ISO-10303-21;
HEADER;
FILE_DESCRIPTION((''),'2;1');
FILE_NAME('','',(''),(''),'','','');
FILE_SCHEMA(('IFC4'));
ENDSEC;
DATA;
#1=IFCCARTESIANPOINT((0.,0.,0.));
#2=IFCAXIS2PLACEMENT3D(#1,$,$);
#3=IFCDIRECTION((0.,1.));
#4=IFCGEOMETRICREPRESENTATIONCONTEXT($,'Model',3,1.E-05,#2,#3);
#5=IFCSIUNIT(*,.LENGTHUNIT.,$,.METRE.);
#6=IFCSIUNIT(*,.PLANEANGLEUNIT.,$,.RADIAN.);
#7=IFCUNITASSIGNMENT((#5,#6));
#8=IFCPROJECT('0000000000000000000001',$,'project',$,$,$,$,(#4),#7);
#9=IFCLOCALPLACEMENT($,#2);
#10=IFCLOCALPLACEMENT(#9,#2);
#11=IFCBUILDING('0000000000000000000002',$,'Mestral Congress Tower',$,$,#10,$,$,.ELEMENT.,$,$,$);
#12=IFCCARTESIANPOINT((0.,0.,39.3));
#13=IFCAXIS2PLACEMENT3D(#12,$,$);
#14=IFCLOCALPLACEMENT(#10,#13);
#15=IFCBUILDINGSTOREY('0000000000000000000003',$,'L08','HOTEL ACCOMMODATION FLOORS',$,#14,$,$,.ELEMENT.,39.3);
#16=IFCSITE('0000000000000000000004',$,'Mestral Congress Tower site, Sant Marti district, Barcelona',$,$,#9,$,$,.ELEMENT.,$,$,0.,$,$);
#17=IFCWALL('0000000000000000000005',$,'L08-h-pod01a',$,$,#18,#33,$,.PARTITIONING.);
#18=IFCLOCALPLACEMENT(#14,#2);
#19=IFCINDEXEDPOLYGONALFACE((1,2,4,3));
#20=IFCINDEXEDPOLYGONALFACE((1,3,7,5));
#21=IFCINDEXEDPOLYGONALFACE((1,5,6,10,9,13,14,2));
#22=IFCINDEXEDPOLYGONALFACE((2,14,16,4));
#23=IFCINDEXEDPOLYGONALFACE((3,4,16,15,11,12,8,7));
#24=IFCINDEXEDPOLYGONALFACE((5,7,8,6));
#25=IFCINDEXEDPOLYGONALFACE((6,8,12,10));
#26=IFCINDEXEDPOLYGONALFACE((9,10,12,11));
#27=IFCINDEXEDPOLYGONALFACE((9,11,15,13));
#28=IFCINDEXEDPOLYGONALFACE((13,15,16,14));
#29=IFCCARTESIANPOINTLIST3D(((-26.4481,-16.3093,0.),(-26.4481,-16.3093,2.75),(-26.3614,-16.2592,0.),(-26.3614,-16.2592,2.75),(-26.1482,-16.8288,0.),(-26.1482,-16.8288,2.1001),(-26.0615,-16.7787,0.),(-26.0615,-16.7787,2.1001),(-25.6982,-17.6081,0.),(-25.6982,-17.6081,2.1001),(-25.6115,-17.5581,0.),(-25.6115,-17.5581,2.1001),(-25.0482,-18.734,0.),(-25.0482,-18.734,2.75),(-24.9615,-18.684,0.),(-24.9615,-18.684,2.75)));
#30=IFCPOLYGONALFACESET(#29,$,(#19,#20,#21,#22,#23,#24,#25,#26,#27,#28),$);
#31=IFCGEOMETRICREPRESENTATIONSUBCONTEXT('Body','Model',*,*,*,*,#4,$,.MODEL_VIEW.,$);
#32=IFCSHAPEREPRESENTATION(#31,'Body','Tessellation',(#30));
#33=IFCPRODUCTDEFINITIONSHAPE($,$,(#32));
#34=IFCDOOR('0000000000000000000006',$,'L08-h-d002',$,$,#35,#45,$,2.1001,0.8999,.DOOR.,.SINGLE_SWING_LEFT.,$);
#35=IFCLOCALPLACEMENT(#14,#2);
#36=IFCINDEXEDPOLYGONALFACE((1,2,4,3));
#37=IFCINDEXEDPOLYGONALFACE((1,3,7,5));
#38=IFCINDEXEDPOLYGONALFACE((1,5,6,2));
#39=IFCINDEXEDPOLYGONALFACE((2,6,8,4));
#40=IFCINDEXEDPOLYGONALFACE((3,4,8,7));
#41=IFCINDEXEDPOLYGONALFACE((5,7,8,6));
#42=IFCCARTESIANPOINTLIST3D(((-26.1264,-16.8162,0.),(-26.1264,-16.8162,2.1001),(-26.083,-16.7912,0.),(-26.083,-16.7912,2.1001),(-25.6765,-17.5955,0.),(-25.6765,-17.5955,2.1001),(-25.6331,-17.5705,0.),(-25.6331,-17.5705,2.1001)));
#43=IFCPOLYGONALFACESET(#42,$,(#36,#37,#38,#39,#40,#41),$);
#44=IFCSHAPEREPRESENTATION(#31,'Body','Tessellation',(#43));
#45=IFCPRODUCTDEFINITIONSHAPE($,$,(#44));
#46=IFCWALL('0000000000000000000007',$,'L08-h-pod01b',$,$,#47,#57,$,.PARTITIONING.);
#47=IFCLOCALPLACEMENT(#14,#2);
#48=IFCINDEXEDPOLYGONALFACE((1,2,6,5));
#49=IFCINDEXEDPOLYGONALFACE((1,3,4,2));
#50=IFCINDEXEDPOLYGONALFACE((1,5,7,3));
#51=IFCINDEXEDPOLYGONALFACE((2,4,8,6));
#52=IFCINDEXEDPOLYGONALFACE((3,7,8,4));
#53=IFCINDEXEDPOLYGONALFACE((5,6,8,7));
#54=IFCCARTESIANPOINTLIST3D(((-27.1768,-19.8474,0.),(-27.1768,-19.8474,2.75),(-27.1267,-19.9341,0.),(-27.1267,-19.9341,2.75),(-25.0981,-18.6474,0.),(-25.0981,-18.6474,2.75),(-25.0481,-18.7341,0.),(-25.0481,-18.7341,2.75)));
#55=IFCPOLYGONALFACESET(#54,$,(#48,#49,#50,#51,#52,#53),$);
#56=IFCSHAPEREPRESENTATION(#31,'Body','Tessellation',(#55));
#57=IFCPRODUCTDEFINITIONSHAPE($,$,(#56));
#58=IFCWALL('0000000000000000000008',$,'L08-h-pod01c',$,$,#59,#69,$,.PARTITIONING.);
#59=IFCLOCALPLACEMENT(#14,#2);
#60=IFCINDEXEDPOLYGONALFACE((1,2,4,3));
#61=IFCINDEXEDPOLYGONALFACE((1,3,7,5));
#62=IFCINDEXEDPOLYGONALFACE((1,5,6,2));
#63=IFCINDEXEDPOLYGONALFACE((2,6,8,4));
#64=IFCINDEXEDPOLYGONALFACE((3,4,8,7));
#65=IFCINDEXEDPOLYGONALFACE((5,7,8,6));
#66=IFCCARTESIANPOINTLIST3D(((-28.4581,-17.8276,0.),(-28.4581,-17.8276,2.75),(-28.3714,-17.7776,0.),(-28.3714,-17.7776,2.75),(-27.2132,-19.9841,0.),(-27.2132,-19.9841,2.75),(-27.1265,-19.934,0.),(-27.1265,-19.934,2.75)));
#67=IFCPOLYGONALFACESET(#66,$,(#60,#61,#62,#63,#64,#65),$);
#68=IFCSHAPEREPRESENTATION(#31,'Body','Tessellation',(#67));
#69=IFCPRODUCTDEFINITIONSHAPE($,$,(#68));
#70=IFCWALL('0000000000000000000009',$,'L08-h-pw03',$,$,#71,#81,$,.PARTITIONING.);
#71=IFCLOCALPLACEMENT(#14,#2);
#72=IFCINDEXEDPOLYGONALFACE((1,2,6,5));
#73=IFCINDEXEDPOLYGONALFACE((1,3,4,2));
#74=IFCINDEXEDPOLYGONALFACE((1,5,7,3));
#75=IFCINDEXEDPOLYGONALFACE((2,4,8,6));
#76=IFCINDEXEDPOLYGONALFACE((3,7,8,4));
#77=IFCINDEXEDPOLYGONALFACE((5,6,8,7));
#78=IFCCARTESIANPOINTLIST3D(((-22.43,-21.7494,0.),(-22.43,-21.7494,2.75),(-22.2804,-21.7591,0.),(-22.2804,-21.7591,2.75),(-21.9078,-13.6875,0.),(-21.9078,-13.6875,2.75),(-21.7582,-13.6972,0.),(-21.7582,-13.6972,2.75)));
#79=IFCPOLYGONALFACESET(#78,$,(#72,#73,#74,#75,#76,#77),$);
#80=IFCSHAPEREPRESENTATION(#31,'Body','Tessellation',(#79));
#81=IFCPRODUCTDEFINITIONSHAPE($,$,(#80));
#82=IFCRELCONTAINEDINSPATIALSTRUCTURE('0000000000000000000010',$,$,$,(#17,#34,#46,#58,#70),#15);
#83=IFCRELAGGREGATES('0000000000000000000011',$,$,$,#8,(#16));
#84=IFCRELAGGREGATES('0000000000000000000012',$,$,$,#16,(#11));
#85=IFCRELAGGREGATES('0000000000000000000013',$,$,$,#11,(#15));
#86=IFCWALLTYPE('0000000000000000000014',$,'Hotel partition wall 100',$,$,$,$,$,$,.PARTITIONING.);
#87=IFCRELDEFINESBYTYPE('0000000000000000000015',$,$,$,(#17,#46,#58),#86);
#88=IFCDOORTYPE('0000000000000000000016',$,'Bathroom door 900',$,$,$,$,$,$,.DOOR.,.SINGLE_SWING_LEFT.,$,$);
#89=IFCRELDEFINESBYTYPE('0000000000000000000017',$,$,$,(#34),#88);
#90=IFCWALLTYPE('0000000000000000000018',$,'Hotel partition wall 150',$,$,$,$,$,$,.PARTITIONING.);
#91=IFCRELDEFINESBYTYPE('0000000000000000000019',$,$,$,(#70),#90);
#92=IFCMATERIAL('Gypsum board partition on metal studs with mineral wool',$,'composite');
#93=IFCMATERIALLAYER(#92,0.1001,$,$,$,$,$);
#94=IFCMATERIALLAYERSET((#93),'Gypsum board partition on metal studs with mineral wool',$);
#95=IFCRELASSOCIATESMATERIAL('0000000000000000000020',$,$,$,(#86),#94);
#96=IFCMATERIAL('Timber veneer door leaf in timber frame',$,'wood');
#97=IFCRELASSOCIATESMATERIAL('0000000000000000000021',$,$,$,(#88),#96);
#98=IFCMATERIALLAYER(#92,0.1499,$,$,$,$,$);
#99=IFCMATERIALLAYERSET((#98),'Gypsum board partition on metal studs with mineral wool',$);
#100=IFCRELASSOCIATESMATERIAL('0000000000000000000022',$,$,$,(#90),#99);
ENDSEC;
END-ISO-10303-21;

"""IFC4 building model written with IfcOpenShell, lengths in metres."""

from ifc_helpers import new_model, si_unit, direction, frame, frame_2d, origin, place, context, subcontext, project, spatial, rectangle, extrude, material, layer, layer_set, type_object, element, fill, save


model = new_model("IFC4")

# Units and contexts
model_context = context("Model", 3, precision=1e-05, world=origin(), true_north=direction((0.0, 1.0)))
body_context = subcontext(model_context, "Body", "Model", "MODEL_VIEW")
ifc_project = project(units=[si_unit("LENGTHUNIT", "METRE"), si_unit("PLANEANGLEUNIT", "RADIAN")], contexts=[model_context])

# Site, building, storey
site_placement = place(None, origin())
site = spatial("IfcSite", under=ifc_project, at=site_placement, Name="Mestral Congress Tower site, Sant Marti district, Barcelona", CompositionType="ELEMENT", RefElevation=0.0)
building_placement = place(site_placement, origin())
building = spatial("IfcBuilding", under=site, at=building_placement, Name="Mestral Congress Tower", CompositionType="ELEMENT")
storey_placement = place(building_placement, frame((0.0, 0.0, 39.3)))
storey = spatial("IfcBuildingStorey", under=building, at=storey_placement, Name="L08", Description="HOTEL ACCOMMODATION FLOORS", CompositionType="ELEMENT", Elevation=39.3)

# Wall, opening, door
ifc_material_1 = material(Name="Gypsum board partition on metal studs with mineral wool", Category="composite")
ifc_layer_1 = layer(ifc_material_1, 0.1001)
ifc_layer_set_1 = layer_set([ifc_layer_1], Name="Gypsum board partition on metal studs with mineral wool")
wall_type_1 = type_object("IfcWallType", Name="Hotel partition wall 100", PredefinedType="PARTITIONING", material=ifc_layer_set_1)
wall_1_placement = place(storey_placement, frame((-25.0049, -18.709, 0.0), z_axis=(0.0, 0.0, 1.0), x_axis=(-0.499984, 0.866035, 0.0)))
wall_1 = element("IfcWall", 1, at=wall_1_placement, inside=storey, type_object=wall_type_1, Name="L08-h-pod01a", PredefinedType="PARTITIONING", context=body_context, shape_type="SweptSolid", body=[
    extrude(rectangle(XDim=2.7998, YDim=0.1001, at=frame_2d((1.3999, 0.0))), origin(), (0.0, 0.0, 1.0), 2.75),
])
opening_1_placement = place(wall_1_placement, frame((1.3, 0.0, 0.0)))
opening_1 = element("IfcOpeningElement", 2, at=opening_1_placement, cuts=wall_1, PredefinedType="OPENING", context=body_context, shape_type="SweptSolid", body=[
    extrude(rectangle(XDim=0.8999, YDim=2.1001, at=frame_2d((0.45, 1.05))), frame((0.0, 0.0601, 0.0), z_axis=(0.0, -1.0, 0.0), x_axis=(1.0, 0.0, 0.0)), (0.0, 0.0, 1.0), 0.1201),
])
ifc_material_2 = material(Name="Timber veneer door leaf in timber frame", Category="wood")
door_type = type_object("IfcDoorType", Name="Bathroom door 900", OperationType="SINGLE_SWING_LEFT", PredefinedType="DOOR", material=ifc_material_2)
door_placement = place(opening_1_placement, origin())
door = element("IfcDoor", 3, at=door_placement, inside=storey, type_object=door_type, Name="L08-h-d002", OperationType="SINGLE_SWING_LEFT", OverallHeight=2.1001, OverallWidth=0.8999, PredefinedType="DOOR", context=body_context, shape_type="SweptSolid", body=[
    extrude(rectangle(XDim=0.8999, YDim=2.1001, at=frame_2d((0.45, 1.05))), frame((0.0, 0.0249, 0.0), z_axis=(0.0, -1.0, 0.0), x_axis=(1.0, 0.0, 0.0)), (0.0, 0.0, 1.0), 0.05),
])
fill(opening_1, door)

# Walls
wall_2_placement = place(storey_placement, frame((-25.073, -18.6907, 0.0), z_axis=(0.0, 0.0, 1.0), x_axis=(-0.86605, -0.499957, 0.0)))
element("IfcWall", 4, at=wall_2_placement, inside=storey, type_object=wall_type_1, Name="L08-h-pod01b", PredefinedType="PARTITIONING", context=body_context, shape_type="SweptSolid", body=[
    extrude(rectangle(XDim=2.4001, YDim=0.1001, at=frame_2d((1.2002, 0.0))), origin(), (0.0, 0.0, 1.0), 2.75),
])
wall_3_placement = place(storey_placement, frame((-28.4148, -17.8025, 0.0), z_axis=(0.0, 0.0, 1.0), x_axis=(0.499946, -0.866057, 0.0)))
element("IfcWall", 5, at=wall_3_placement, inside=storey, type_object=wall_type_1, Name="L08-h-pod01c", PredefinedType="PARTITIONING", context=body_context, shape_type="SweptSolid", body=[
    extrude(rectangle(XDim=2.49, YDim=0.1001, at=frame_2d((1.2451, 0.0))), origin(), (0.0, 0.0, 1.0), 2.75),
])
ifc_layer_2 = layer(ifc_material_1, 0.1499)
ifc_layer_set_2 = layer_set([ifc_layer_2], Name="Gypsum board partition on metal studs with mineral wool")
wall_type_2 = type_object("IfcWallType", Name="Hotel partition wall 150", PredefinedType="PARTITIONING", material=ifc_layer_set_2)
wall_4_placement = place(storey_placement, frame((-22.3552, -21.7544, 0.0), z_axis=(0.0, 0.0, 1.0), x_axis=(0.06464, 0.997909, 0.0)))
element("IfcWall", 6, at=wall_4_placement, inside=storey, type_object=wall_type_2, Name="L08-h-pw03", PredefinedType="PARTITIONING", context=body_context, shape_type="SweptSolid", body=[
    extrude(rectangle(XDim=8.0789, YDim=0.1499, at=frame_2d((4.0396, 0.0))), origin(), (0.0, 0.0, 1.0), 2.75),
])

save(model, "model.ifc")
